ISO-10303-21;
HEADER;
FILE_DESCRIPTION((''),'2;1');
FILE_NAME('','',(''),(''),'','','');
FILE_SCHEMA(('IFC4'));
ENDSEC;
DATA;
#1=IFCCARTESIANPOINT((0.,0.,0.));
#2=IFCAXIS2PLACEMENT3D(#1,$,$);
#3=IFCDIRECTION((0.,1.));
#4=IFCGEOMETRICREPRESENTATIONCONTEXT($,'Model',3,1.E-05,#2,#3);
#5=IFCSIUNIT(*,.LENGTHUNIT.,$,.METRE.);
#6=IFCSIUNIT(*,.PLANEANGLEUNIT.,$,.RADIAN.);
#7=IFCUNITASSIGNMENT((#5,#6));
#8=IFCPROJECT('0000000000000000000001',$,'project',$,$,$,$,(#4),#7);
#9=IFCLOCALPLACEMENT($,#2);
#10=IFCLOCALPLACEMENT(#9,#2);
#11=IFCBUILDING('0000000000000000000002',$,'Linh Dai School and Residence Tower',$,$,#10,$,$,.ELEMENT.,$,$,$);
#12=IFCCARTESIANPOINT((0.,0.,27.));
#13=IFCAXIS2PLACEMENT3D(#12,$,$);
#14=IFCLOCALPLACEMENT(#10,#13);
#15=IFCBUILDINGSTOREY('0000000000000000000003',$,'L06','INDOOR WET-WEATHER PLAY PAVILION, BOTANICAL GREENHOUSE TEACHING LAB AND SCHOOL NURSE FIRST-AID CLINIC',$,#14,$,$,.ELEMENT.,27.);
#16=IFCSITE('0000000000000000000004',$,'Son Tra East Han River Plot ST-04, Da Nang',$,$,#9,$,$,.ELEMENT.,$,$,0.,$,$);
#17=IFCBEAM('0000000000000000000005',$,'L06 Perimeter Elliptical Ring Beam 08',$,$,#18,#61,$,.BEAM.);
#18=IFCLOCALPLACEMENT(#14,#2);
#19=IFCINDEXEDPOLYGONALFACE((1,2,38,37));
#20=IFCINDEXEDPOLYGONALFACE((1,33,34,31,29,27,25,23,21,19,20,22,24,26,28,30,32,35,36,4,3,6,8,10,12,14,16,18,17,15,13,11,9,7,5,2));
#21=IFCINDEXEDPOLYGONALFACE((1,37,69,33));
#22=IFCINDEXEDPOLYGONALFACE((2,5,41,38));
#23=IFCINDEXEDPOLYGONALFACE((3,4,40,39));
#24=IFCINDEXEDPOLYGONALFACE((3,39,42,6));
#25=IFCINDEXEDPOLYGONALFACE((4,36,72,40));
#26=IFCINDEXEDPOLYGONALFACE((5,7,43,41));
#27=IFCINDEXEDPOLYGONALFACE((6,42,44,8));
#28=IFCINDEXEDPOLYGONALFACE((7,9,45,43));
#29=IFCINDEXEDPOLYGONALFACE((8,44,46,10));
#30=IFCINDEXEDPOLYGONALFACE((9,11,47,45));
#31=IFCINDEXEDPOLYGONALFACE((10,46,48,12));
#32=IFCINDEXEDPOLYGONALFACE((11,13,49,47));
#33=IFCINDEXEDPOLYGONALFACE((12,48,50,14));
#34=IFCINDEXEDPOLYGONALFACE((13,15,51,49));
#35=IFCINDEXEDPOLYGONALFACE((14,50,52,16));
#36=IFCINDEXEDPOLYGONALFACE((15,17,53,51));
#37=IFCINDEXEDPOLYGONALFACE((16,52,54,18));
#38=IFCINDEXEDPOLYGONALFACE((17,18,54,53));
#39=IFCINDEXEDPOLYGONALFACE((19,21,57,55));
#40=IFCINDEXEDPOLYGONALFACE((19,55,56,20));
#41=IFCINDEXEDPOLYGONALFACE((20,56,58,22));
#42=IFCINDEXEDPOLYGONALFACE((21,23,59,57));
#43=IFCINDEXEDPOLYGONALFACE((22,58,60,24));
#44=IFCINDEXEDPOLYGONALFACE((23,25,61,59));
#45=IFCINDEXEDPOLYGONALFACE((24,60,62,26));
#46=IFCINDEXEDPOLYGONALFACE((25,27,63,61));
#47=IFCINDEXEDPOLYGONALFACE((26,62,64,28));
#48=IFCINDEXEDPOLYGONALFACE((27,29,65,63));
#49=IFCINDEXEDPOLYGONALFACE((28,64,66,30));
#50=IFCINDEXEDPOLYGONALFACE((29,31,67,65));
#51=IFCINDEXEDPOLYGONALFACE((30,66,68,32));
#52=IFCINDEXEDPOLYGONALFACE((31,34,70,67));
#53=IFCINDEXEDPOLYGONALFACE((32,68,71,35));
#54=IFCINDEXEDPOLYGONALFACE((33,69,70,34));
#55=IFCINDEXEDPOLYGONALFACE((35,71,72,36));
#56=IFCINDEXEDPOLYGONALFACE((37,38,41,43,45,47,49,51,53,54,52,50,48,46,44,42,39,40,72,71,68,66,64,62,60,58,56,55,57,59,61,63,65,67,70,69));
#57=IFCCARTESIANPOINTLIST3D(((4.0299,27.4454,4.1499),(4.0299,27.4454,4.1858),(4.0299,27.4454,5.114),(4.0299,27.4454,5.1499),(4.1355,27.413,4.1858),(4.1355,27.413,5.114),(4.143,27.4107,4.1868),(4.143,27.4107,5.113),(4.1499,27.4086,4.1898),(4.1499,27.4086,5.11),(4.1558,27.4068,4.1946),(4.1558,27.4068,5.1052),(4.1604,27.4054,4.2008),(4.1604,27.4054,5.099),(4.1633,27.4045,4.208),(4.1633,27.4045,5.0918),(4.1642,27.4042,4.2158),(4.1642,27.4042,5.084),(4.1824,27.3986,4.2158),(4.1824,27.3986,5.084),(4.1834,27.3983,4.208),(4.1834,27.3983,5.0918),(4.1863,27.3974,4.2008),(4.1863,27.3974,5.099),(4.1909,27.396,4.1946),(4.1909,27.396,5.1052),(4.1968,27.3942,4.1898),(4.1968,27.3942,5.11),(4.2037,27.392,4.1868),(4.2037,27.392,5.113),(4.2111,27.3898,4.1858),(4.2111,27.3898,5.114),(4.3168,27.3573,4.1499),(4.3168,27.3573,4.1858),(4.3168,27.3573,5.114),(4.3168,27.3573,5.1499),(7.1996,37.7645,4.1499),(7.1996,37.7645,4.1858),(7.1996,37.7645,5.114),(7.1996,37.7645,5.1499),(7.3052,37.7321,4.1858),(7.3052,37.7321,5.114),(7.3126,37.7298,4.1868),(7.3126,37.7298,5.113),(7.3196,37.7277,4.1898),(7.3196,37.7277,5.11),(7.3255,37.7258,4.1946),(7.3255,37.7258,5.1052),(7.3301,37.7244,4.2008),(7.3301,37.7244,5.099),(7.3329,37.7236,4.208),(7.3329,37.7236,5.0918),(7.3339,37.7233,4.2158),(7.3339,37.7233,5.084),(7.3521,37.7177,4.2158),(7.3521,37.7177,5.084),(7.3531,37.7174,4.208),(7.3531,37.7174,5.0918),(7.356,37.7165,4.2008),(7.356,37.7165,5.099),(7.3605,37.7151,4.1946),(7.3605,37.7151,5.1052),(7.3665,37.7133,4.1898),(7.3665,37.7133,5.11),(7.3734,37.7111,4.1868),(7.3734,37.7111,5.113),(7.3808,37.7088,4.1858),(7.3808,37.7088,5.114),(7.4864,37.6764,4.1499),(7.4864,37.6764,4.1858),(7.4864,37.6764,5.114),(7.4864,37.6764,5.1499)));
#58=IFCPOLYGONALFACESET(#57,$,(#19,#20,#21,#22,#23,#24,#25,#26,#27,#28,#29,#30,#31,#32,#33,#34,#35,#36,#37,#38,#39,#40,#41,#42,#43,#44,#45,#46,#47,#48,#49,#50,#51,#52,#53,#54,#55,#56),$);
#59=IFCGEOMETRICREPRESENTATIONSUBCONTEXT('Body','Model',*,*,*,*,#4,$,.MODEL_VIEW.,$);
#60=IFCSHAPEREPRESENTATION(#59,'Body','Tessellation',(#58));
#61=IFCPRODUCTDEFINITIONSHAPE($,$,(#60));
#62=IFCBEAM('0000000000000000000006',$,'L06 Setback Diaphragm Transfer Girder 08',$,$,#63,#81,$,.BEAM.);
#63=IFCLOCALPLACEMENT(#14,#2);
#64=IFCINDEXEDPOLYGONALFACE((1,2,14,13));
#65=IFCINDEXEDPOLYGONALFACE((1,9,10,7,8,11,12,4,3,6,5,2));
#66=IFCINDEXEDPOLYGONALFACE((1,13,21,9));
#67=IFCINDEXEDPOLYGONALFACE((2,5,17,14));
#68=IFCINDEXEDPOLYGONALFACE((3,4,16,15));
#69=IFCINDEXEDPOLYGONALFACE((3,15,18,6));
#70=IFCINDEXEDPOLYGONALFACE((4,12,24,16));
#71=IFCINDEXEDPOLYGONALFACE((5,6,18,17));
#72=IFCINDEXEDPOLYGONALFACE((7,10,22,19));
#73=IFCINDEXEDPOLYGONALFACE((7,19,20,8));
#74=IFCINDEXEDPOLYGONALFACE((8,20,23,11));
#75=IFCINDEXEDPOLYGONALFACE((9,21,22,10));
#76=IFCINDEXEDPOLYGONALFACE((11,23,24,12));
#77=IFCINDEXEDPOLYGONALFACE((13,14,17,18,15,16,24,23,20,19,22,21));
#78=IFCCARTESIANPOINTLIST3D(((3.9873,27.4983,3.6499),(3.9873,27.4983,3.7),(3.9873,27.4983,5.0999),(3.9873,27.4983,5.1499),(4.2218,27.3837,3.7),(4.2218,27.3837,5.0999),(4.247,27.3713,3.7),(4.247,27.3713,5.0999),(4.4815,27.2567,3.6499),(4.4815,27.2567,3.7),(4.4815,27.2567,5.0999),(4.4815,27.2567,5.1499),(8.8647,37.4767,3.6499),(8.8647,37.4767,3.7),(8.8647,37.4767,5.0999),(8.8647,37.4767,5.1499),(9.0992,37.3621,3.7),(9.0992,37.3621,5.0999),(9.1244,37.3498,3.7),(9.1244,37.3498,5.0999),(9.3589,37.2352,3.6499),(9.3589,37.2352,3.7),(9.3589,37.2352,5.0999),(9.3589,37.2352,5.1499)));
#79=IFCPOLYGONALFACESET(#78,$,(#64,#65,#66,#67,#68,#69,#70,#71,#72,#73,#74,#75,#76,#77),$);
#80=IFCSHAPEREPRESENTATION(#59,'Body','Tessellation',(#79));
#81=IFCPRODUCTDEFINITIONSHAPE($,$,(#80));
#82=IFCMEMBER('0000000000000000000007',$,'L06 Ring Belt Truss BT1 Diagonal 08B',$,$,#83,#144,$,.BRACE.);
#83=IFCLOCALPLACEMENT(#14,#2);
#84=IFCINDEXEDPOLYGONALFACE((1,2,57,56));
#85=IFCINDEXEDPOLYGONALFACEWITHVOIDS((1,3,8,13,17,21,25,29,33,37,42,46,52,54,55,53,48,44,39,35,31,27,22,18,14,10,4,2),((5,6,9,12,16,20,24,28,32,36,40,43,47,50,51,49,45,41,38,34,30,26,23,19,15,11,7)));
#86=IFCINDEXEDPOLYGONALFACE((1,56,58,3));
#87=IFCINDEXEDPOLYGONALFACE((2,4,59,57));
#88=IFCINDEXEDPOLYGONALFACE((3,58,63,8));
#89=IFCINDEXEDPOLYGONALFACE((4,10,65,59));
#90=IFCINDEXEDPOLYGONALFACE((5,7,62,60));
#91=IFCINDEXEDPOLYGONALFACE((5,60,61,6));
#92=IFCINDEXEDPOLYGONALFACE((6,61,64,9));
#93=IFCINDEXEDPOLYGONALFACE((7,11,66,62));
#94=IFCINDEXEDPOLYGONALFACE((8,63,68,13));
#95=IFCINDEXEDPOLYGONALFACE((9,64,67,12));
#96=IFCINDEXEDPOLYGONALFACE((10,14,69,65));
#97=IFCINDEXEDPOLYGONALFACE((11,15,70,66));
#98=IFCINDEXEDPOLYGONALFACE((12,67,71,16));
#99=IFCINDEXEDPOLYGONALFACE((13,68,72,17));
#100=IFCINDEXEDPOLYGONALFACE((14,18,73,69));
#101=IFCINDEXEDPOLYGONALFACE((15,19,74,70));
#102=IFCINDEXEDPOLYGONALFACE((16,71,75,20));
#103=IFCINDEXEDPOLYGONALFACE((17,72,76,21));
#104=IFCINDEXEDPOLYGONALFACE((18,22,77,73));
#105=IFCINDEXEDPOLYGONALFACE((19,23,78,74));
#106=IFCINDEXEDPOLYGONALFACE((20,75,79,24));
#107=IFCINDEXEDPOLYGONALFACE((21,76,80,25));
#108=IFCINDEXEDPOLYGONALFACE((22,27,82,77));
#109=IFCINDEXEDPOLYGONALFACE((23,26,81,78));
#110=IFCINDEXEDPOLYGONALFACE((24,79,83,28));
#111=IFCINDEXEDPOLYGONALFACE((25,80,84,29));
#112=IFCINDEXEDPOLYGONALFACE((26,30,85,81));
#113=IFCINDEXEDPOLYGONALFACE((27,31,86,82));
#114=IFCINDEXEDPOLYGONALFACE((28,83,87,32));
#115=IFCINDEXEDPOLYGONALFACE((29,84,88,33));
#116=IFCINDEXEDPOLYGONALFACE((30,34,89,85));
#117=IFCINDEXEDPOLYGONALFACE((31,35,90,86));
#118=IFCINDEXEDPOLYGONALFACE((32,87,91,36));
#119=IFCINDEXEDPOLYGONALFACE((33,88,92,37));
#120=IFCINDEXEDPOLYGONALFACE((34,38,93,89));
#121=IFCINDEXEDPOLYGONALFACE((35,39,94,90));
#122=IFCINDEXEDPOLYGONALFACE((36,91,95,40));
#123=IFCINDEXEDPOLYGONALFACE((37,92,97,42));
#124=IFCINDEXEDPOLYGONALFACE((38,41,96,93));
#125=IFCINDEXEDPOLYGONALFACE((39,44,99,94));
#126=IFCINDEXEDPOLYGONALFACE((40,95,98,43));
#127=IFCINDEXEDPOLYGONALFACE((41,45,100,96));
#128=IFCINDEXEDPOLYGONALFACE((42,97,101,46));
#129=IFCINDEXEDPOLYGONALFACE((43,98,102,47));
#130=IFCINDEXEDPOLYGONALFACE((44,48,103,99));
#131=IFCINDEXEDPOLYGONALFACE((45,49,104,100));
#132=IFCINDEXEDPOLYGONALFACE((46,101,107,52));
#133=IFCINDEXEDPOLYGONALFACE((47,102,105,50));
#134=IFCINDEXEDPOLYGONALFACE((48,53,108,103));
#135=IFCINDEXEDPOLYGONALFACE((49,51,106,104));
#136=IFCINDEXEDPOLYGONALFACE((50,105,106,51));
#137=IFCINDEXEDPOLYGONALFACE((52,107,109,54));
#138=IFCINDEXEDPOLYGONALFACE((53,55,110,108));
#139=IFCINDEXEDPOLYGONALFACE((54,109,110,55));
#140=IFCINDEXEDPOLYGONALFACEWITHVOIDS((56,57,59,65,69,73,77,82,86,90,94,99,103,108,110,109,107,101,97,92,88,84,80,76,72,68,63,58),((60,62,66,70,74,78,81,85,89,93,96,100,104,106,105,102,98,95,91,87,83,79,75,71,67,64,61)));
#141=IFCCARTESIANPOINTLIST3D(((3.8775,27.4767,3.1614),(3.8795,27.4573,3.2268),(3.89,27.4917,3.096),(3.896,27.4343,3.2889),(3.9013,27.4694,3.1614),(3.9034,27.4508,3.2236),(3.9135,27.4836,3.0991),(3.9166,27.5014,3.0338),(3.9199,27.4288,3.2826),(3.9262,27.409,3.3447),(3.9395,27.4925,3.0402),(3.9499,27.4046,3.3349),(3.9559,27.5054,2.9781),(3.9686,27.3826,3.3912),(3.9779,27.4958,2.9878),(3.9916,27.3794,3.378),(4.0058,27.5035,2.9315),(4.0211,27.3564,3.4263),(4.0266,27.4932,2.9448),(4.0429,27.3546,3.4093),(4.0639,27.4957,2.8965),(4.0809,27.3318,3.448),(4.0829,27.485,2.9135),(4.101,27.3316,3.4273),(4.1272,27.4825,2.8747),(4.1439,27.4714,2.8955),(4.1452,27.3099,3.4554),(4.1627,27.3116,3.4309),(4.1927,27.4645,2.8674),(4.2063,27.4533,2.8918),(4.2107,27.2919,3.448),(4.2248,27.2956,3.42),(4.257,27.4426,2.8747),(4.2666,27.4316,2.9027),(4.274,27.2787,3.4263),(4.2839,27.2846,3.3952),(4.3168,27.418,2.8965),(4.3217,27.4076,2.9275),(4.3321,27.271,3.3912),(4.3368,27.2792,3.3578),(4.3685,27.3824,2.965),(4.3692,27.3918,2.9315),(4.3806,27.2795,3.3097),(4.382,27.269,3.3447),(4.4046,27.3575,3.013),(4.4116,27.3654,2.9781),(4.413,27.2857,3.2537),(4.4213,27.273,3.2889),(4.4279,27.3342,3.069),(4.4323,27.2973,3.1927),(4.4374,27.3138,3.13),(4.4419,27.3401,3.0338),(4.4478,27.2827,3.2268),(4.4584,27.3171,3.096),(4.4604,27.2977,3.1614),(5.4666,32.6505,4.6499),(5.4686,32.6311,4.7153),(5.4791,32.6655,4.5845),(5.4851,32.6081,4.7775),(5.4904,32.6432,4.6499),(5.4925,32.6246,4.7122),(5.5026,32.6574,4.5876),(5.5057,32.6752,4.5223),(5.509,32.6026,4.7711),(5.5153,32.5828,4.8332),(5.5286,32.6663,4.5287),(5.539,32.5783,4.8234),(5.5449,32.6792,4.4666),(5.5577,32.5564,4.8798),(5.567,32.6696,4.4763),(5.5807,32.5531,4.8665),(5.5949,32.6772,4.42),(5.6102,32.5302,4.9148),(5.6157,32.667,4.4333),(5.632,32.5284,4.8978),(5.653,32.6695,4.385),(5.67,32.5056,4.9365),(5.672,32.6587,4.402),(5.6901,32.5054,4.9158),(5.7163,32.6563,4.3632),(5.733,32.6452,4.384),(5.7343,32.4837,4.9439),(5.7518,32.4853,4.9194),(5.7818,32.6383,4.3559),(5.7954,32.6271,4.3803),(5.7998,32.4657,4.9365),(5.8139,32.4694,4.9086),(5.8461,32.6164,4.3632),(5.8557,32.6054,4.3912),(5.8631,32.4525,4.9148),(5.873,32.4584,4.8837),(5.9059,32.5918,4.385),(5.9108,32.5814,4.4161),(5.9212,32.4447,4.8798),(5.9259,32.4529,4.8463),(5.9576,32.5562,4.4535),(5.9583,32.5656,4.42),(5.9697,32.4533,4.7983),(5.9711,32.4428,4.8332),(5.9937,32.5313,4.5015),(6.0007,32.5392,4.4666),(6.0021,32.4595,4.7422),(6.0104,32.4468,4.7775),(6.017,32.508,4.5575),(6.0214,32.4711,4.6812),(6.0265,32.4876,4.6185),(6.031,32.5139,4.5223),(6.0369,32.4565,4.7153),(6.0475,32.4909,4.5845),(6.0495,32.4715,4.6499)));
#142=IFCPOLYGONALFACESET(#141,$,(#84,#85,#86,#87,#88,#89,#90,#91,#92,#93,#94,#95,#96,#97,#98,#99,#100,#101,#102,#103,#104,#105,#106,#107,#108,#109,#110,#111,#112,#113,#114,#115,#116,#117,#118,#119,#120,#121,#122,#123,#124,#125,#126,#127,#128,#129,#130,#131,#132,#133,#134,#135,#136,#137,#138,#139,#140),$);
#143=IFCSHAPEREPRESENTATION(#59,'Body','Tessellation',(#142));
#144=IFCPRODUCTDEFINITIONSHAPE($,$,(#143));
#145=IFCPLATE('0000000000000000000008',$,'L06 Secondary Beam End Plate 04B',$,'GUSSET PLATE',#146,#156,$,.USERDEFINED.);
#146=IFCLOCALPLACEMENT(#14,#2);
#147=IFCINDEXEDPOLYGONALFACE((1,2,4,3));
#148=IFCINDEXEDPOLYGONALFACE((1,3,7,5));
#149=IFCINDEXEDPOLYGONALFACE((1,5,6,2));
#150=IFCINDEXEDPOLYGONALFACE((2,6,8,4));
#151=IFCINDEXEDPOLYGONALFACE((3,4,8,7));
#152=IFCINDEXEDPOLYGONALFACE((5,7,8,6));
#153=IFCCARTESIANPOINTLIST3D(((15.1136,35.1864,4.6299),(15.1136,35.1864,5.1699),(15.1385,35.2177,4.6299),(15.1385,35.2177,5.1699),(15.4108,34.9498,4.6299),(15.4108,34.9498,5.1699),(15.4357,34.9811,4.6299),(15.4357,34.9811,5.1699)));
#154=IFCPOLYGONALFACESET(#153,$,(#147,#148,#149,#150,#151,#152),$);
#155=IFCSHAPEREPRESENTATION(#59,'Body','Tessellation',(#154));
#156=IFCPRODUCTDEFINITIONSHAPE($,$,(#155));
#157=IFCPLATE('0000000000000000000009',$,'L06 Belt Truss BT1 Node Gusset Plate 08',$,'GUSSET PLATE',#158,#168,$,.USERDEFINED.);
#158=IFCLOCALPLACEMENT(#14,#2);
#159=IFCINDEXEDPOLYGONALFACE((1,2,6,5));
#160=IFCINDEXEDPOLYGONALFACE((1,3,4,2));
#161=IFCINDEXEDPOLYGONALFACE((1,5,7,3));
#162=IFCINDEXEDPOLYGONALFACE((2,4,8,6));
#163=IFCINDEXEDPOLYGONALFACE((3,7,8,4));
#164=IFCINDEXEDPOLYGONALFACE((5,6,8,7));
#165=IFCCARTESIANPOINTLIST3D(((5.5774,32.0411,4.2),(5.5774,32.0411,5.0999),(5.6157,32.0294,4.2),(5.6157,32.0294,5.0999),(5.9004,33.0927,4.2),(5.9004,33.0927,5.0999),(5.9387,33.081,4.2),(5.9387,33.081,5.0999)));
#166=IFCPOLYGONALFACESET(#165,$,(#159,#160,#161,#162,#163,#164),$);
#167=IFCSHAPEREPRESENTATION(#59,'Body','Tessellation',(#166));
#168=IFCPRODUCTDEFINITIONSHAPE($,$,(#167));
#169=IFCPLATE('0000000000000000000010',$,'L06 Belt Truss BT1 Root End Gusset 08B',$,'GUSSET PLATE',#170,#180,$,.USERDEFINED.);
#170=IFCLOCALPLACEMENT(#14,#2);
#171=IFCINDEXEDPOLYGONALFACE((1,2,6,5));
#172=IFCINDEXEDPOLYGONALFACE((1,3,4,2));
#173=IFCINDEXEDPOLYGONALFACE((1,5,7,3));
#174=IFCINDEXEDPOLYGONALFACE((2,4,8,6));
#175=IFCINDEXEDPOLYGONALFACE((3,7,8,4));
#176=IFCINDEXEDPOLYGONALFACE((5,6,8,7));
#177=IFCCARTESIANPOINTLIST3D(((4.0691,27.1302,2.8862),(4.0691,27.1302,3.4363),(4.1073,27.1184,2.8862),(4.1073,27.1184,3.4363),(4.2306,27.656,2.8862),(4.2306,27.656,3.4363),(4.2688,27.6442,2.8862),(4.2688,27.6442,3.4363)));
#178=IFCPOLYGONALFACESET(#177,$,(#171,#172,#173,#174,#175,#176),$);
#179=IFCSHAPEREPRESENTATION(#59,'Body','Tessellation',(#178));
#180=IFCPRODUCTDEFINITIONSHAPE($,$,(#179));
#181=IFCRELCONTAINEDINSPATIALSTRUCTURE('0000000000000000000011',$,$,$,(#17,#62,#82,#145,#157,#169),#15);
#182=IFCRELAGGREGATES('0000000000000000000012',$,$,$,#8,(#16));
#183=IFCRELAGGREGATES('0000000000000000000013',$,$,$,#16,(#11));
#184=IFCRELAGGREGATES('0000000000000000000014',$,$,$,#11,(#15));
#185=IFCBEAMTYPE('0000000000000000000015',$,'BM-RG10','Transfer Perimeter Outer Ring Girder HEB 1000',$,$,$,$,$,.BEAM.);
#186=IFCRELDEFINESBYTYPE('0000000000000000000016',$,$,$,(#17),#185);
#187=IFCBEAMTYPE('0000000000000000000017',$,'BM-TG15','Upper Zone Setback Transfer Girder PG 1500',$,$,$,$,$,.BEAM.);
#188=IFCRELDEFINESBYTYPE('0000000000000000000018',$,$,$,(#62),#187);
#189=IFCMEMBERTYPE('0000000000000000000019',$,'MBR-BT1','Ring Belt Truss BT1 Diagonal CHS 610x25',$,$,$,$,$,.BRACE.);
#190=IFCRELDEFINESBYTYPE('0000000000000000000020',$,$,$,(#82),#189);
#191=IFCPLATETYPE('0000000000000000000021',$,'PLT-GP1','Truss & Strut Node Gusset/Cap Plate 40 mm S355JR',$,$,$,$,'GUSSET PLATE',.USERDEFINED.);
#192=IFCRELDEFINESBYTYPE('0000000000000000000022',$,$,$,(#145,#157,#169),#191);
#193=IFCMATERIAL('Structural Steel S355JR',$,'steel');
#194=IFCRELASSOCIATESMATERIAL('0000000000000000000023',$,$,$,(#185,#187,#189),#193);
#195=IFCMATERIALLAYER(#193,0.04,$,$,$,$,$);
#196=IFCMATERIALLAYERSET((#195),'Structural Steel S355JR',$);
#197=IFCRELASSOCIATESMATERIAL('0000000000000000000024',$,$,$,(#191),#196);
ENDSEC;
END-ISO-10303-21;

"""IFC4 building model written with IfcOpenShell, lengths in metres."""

from ifc_helpers import new_model, si_unit, direction, frame, origin, origin_2d, place, context, subcontext, project, spatial, rectangle, hollow_circle, i_section, extrude, source, transform, mapped, material, layer, layer_set, material_profile, profile_set, type_object, element, save


model = new_model("IFC4")

# Units and contexts
model_context = context("Model", 3, precision=1e-05, world=origin(), true_north=direction((0.0, 1.0)))
body_context = subcontext(model_context, "Body", "Model", "MODEL_VIEW")
ifc_project = project(units=[si_unit("LENGTHUNIT", "METRE"), si_unit("PLANEANGLEUNIT", "RADIAN")], contexts=[model_context])

# Site, building, storey
site_placement = place(None, origin())
site = spatial("IfcSite", under=ifc_project, at=site_placement, Name="Son Tra East Han River Plot ST-04, Da Nang", CompositionType="ELEMENT", RefElevation=0.0)
building_placement = place(site_placement, origin())
building = spatial("IfcBuilding", under=site, at=building_placement, Name="Linh Dai School and Residence Tower", CompositionType="ELEMENT")
storey_placement = place(building_placement, frame((0.0, 0.0, 27.0)))
storey = spatial("IfcBuildingStorey", under=building, at=storey_placement, Name="L06", Description="INDOOR WET-WEATHER PLAY PAVILION, BOTANICAL GREENHOUSE TEACHING LAB AND SCHOOL NURSE FIRST-AID CLINIC", CompositionType="ELEMENT", Elevation=27.0)

# Shared definitions
ifc_material_1 = material(Name="Structural Steel S355JR", Category="steel")

# Beams
ifc_material_profile_1 = material_profile(ifc_material_1, i_section(OverallWidth=0.3, OverallDepth=1.0, WebThickness=0.019, FlangeThickness=0.0359, FilletRadius=0.03, at=origin_2d()), Name="HEB 1000")
ifc_profile_set_1 = profile_set([ifc_material_profile_1], Name="Structural Steel S355JR")
beam_type_1 = type_object("IfcBeamType", Name="BM-RG10", Description="Transfer Perimeter Outer Ring Girder HEB 1000", PredefinedType="BEAM", material=ifc_profile_set_1)
beam_1_placement = place(storey_placement, frame((7.343, 37.7205, 4.6499), z_axis=(-0.293627, -0.95592, 0.0), x_axis=(0.95592, -0.293627, 0.0)))
element("IfcBeam", 1, at=beam_1_placement, inside=storey, type_object=beam_type_1, Name="L06 Perimeter Elliptical Ring Beam 08", PredefinedType="BEAM", context=body_context, shape_type="SweptSolid", body=[
    extrude(i_section(OverallWidth=0.3, OverallDepth=1.0, WebThickness=0.019, FlangeThickness=0.0359, FilletRadius=0.03, at=origin_2d()), origin(), (0.0, 0.0, 1.0), 10.7949),
])
ifc_material_profile_2 = material_profile(ifc_material_1, i_section(OverallWidth=0.55, OverallDepth=1.5, WebThickness=0.0281, FlangeThickness=0.05, at=origin_2d()), Name="PG 1500x550x28x50")
ifc_profile_set_2 = profile_set([ifc_material_profile_2], Name="Structural Steel S355JR")
beam_type_2 = type_object("IfcBeamType", Name="BM-TG15", Description="Upper Zone Setback Transfer Girder PG 1500", PredefinedType="BEAM", material=ifc_profile_set_2)
beam_2_placement = place(storey_placement, frame((9.1118, 37.356, 4.3999), z_axis=(-0.439142, -0.898418, 0.0), x_axis=(0.898418, -0.439142, 0.0)))
element("IfcBeam", 2, at=beam_2_placement, inside=storey, type_object=beam_type_2, Name="L06 Setback Diaphragm Transfer Girder 08", PredefinedType="BEAM", context=body_context, shape_type="SweptSolid", body=[
    extrude(i_section(OverallWidth=0.55, OverallDepth=1.5, WebThickness=0.0281, FlangeThickness=0.05, at=origin_2d()), origin(), (0.0, 0.0, 1.0), 11.1067),
])

# Member
ifc_material_profile_3 = material_profile(ifc_material_1, hollow_circle(Radius=0.3049, WallThickness=0.0249, at=origin_2d()), Name="CHS 610x25")
ifc_profile_set_3 = profile_set([ifc_material_profile_3], Name="Structural Steel S355JR")
member_type = type_object("IfcMemberType", Name="MBR-BT1", Description="Ring Belt Truss BT1 Diagonal CHS 610x25", PredefinedType="BRACE", material=ifc_profile_set_3)
member_placement = place(storey_placement, frame((4.1689, 27.3872, 3.1614), z_axis=(0.283096, 0.921704, 0.265177), x_axis=(-0.955926, 0.293607, 0.0)))
element("IfcMember", 3, at=member_placement, inside=storey, type_object=member_type, Name="L06 Ring Belt Truss BT1 Diagonal 08B", PredefinedType="BRACE", context=body_context, shape_type="SweptSolid", body=[
    extrude(hollow_circle(Radius=0.3049, WallThickness=0.0249, at=origin_2d()), origin(), (0.0, 0.0, 1.0), 5.6133),
])

# Plates
ifc_layer_1 = layer(ifc_material_1, 0.04)
ifc_layer_set_1 = layer_set([ifc_layer_1], Name="Structural Steel S355JR")
plate_type = type_object("IfcPlateType", Name="PLT-GP1", Description="Truss & Strut Node Gusset/Cap Plate 40 mm S355JR", ElementType="GUSSET PLATE", PredefinedType="USERDEFINED", material=ifc_layer_set_1)
shared_shape_1 = source(origin(), body_context, "Body", "SweptSolid", [
    extrude(rectangle(XDim=0.04, YDim=0.3799, at=origin_2d()), origin(), (0.0, 0.0, 1.0), 0.54),
])
plate_1_placement = place(storey_placement, frame((15.2747, 35.0837, 4.6299), z_axis=(0.0, 0.0, 1.0), x_axis=(-0.622933, -0.782276, 0.0)))
element("IfcPlate", 4, at=plate_1_placement, inside=storey, type_object=plate_type, Name="L06 Secondary Beam End Plate 04B", ObjectType="GUSSET PLATE", PredefinedType="USERDEFINED", context=body_context, shape_type="MappedRepresentation", body=[
    mapped(shared_shape_1, transform((0.0, 0.0, 0.0), x_axis=(1.0, 0.0, 0.0), y_axis=(0.0, 1.0, 0.0), z_axis=(0.0, 0.0, 1.0), scale=1.0)),
])
shared_shape_2 = source(origin(), body_context, "Body", "SweptSolid", [
    extrude(rectangle(XDim=1.1001, YDim=0.04, at=origin_2d()), origin(), (0.0, 0.0, 1.0), 0.8999),
])
plate_2_placement = place(storey_placement, frame((5.7581, 32.561, 4.2), z_axis=(0.0, 0.0, 1.0), x_axis=(-0.293628, -0.95592, 0.0)))
element("IfcPlate", 5, at=plate_2_placement, inside=storey, type_object=plate_type, Name="L06 Belt Truss BT1 Node Gusset Plate 08", ObjectType="GUSSET PLATE", PredefinedType="USERDEFINED", context=body_context, shape_type="MappedRepresentation", body=[
    mapped(shared_shape_2, transform((0.0, 0.0, 0.0), x_axis=(1.0, 0.0, 0.0), y_axis=(0.0, 1.0, 0.0), z_axis=(0.0, 0.0, 1.0), scale=1.0)),
])
shared_shape_3 = source(origin(), body_context, "Body", "SweptSolid", [
    extrude(rectangle(XDim=0.55, YDim=0.04, at=origin_2d()), origin(), (0.0, 0.0, 1.0), 0.55),
])
plate_3_placement = place(storey_placement, frame((4.1689, 27.3872, 2.8862), z_axis=(0.0, 0.0, 1.0), x_axis=(-0.293628, -0.95592, 0.0)))
element("IfcPlate", 6, at=plate_3_placement, inside=storey, type_object=plate_type, Name="L06 Belt Truss BT1 Root End Gusset 08B", ObjectType="GUSSET PLATE", PredefinedType="USERDEFINED", context=body_context, shape_type="MappedRepresentation", body=[
    mapped(shared_shape_3, transform((0.0, 0.0, 0.0), x_axis=(1.0, 0.0, 0.0), y_axis=(0.0, 1.0, 0.0), z_axis=(0.0, 0.0, 1.0), scale=1.0)),
])

save(model, "model.ifc")
